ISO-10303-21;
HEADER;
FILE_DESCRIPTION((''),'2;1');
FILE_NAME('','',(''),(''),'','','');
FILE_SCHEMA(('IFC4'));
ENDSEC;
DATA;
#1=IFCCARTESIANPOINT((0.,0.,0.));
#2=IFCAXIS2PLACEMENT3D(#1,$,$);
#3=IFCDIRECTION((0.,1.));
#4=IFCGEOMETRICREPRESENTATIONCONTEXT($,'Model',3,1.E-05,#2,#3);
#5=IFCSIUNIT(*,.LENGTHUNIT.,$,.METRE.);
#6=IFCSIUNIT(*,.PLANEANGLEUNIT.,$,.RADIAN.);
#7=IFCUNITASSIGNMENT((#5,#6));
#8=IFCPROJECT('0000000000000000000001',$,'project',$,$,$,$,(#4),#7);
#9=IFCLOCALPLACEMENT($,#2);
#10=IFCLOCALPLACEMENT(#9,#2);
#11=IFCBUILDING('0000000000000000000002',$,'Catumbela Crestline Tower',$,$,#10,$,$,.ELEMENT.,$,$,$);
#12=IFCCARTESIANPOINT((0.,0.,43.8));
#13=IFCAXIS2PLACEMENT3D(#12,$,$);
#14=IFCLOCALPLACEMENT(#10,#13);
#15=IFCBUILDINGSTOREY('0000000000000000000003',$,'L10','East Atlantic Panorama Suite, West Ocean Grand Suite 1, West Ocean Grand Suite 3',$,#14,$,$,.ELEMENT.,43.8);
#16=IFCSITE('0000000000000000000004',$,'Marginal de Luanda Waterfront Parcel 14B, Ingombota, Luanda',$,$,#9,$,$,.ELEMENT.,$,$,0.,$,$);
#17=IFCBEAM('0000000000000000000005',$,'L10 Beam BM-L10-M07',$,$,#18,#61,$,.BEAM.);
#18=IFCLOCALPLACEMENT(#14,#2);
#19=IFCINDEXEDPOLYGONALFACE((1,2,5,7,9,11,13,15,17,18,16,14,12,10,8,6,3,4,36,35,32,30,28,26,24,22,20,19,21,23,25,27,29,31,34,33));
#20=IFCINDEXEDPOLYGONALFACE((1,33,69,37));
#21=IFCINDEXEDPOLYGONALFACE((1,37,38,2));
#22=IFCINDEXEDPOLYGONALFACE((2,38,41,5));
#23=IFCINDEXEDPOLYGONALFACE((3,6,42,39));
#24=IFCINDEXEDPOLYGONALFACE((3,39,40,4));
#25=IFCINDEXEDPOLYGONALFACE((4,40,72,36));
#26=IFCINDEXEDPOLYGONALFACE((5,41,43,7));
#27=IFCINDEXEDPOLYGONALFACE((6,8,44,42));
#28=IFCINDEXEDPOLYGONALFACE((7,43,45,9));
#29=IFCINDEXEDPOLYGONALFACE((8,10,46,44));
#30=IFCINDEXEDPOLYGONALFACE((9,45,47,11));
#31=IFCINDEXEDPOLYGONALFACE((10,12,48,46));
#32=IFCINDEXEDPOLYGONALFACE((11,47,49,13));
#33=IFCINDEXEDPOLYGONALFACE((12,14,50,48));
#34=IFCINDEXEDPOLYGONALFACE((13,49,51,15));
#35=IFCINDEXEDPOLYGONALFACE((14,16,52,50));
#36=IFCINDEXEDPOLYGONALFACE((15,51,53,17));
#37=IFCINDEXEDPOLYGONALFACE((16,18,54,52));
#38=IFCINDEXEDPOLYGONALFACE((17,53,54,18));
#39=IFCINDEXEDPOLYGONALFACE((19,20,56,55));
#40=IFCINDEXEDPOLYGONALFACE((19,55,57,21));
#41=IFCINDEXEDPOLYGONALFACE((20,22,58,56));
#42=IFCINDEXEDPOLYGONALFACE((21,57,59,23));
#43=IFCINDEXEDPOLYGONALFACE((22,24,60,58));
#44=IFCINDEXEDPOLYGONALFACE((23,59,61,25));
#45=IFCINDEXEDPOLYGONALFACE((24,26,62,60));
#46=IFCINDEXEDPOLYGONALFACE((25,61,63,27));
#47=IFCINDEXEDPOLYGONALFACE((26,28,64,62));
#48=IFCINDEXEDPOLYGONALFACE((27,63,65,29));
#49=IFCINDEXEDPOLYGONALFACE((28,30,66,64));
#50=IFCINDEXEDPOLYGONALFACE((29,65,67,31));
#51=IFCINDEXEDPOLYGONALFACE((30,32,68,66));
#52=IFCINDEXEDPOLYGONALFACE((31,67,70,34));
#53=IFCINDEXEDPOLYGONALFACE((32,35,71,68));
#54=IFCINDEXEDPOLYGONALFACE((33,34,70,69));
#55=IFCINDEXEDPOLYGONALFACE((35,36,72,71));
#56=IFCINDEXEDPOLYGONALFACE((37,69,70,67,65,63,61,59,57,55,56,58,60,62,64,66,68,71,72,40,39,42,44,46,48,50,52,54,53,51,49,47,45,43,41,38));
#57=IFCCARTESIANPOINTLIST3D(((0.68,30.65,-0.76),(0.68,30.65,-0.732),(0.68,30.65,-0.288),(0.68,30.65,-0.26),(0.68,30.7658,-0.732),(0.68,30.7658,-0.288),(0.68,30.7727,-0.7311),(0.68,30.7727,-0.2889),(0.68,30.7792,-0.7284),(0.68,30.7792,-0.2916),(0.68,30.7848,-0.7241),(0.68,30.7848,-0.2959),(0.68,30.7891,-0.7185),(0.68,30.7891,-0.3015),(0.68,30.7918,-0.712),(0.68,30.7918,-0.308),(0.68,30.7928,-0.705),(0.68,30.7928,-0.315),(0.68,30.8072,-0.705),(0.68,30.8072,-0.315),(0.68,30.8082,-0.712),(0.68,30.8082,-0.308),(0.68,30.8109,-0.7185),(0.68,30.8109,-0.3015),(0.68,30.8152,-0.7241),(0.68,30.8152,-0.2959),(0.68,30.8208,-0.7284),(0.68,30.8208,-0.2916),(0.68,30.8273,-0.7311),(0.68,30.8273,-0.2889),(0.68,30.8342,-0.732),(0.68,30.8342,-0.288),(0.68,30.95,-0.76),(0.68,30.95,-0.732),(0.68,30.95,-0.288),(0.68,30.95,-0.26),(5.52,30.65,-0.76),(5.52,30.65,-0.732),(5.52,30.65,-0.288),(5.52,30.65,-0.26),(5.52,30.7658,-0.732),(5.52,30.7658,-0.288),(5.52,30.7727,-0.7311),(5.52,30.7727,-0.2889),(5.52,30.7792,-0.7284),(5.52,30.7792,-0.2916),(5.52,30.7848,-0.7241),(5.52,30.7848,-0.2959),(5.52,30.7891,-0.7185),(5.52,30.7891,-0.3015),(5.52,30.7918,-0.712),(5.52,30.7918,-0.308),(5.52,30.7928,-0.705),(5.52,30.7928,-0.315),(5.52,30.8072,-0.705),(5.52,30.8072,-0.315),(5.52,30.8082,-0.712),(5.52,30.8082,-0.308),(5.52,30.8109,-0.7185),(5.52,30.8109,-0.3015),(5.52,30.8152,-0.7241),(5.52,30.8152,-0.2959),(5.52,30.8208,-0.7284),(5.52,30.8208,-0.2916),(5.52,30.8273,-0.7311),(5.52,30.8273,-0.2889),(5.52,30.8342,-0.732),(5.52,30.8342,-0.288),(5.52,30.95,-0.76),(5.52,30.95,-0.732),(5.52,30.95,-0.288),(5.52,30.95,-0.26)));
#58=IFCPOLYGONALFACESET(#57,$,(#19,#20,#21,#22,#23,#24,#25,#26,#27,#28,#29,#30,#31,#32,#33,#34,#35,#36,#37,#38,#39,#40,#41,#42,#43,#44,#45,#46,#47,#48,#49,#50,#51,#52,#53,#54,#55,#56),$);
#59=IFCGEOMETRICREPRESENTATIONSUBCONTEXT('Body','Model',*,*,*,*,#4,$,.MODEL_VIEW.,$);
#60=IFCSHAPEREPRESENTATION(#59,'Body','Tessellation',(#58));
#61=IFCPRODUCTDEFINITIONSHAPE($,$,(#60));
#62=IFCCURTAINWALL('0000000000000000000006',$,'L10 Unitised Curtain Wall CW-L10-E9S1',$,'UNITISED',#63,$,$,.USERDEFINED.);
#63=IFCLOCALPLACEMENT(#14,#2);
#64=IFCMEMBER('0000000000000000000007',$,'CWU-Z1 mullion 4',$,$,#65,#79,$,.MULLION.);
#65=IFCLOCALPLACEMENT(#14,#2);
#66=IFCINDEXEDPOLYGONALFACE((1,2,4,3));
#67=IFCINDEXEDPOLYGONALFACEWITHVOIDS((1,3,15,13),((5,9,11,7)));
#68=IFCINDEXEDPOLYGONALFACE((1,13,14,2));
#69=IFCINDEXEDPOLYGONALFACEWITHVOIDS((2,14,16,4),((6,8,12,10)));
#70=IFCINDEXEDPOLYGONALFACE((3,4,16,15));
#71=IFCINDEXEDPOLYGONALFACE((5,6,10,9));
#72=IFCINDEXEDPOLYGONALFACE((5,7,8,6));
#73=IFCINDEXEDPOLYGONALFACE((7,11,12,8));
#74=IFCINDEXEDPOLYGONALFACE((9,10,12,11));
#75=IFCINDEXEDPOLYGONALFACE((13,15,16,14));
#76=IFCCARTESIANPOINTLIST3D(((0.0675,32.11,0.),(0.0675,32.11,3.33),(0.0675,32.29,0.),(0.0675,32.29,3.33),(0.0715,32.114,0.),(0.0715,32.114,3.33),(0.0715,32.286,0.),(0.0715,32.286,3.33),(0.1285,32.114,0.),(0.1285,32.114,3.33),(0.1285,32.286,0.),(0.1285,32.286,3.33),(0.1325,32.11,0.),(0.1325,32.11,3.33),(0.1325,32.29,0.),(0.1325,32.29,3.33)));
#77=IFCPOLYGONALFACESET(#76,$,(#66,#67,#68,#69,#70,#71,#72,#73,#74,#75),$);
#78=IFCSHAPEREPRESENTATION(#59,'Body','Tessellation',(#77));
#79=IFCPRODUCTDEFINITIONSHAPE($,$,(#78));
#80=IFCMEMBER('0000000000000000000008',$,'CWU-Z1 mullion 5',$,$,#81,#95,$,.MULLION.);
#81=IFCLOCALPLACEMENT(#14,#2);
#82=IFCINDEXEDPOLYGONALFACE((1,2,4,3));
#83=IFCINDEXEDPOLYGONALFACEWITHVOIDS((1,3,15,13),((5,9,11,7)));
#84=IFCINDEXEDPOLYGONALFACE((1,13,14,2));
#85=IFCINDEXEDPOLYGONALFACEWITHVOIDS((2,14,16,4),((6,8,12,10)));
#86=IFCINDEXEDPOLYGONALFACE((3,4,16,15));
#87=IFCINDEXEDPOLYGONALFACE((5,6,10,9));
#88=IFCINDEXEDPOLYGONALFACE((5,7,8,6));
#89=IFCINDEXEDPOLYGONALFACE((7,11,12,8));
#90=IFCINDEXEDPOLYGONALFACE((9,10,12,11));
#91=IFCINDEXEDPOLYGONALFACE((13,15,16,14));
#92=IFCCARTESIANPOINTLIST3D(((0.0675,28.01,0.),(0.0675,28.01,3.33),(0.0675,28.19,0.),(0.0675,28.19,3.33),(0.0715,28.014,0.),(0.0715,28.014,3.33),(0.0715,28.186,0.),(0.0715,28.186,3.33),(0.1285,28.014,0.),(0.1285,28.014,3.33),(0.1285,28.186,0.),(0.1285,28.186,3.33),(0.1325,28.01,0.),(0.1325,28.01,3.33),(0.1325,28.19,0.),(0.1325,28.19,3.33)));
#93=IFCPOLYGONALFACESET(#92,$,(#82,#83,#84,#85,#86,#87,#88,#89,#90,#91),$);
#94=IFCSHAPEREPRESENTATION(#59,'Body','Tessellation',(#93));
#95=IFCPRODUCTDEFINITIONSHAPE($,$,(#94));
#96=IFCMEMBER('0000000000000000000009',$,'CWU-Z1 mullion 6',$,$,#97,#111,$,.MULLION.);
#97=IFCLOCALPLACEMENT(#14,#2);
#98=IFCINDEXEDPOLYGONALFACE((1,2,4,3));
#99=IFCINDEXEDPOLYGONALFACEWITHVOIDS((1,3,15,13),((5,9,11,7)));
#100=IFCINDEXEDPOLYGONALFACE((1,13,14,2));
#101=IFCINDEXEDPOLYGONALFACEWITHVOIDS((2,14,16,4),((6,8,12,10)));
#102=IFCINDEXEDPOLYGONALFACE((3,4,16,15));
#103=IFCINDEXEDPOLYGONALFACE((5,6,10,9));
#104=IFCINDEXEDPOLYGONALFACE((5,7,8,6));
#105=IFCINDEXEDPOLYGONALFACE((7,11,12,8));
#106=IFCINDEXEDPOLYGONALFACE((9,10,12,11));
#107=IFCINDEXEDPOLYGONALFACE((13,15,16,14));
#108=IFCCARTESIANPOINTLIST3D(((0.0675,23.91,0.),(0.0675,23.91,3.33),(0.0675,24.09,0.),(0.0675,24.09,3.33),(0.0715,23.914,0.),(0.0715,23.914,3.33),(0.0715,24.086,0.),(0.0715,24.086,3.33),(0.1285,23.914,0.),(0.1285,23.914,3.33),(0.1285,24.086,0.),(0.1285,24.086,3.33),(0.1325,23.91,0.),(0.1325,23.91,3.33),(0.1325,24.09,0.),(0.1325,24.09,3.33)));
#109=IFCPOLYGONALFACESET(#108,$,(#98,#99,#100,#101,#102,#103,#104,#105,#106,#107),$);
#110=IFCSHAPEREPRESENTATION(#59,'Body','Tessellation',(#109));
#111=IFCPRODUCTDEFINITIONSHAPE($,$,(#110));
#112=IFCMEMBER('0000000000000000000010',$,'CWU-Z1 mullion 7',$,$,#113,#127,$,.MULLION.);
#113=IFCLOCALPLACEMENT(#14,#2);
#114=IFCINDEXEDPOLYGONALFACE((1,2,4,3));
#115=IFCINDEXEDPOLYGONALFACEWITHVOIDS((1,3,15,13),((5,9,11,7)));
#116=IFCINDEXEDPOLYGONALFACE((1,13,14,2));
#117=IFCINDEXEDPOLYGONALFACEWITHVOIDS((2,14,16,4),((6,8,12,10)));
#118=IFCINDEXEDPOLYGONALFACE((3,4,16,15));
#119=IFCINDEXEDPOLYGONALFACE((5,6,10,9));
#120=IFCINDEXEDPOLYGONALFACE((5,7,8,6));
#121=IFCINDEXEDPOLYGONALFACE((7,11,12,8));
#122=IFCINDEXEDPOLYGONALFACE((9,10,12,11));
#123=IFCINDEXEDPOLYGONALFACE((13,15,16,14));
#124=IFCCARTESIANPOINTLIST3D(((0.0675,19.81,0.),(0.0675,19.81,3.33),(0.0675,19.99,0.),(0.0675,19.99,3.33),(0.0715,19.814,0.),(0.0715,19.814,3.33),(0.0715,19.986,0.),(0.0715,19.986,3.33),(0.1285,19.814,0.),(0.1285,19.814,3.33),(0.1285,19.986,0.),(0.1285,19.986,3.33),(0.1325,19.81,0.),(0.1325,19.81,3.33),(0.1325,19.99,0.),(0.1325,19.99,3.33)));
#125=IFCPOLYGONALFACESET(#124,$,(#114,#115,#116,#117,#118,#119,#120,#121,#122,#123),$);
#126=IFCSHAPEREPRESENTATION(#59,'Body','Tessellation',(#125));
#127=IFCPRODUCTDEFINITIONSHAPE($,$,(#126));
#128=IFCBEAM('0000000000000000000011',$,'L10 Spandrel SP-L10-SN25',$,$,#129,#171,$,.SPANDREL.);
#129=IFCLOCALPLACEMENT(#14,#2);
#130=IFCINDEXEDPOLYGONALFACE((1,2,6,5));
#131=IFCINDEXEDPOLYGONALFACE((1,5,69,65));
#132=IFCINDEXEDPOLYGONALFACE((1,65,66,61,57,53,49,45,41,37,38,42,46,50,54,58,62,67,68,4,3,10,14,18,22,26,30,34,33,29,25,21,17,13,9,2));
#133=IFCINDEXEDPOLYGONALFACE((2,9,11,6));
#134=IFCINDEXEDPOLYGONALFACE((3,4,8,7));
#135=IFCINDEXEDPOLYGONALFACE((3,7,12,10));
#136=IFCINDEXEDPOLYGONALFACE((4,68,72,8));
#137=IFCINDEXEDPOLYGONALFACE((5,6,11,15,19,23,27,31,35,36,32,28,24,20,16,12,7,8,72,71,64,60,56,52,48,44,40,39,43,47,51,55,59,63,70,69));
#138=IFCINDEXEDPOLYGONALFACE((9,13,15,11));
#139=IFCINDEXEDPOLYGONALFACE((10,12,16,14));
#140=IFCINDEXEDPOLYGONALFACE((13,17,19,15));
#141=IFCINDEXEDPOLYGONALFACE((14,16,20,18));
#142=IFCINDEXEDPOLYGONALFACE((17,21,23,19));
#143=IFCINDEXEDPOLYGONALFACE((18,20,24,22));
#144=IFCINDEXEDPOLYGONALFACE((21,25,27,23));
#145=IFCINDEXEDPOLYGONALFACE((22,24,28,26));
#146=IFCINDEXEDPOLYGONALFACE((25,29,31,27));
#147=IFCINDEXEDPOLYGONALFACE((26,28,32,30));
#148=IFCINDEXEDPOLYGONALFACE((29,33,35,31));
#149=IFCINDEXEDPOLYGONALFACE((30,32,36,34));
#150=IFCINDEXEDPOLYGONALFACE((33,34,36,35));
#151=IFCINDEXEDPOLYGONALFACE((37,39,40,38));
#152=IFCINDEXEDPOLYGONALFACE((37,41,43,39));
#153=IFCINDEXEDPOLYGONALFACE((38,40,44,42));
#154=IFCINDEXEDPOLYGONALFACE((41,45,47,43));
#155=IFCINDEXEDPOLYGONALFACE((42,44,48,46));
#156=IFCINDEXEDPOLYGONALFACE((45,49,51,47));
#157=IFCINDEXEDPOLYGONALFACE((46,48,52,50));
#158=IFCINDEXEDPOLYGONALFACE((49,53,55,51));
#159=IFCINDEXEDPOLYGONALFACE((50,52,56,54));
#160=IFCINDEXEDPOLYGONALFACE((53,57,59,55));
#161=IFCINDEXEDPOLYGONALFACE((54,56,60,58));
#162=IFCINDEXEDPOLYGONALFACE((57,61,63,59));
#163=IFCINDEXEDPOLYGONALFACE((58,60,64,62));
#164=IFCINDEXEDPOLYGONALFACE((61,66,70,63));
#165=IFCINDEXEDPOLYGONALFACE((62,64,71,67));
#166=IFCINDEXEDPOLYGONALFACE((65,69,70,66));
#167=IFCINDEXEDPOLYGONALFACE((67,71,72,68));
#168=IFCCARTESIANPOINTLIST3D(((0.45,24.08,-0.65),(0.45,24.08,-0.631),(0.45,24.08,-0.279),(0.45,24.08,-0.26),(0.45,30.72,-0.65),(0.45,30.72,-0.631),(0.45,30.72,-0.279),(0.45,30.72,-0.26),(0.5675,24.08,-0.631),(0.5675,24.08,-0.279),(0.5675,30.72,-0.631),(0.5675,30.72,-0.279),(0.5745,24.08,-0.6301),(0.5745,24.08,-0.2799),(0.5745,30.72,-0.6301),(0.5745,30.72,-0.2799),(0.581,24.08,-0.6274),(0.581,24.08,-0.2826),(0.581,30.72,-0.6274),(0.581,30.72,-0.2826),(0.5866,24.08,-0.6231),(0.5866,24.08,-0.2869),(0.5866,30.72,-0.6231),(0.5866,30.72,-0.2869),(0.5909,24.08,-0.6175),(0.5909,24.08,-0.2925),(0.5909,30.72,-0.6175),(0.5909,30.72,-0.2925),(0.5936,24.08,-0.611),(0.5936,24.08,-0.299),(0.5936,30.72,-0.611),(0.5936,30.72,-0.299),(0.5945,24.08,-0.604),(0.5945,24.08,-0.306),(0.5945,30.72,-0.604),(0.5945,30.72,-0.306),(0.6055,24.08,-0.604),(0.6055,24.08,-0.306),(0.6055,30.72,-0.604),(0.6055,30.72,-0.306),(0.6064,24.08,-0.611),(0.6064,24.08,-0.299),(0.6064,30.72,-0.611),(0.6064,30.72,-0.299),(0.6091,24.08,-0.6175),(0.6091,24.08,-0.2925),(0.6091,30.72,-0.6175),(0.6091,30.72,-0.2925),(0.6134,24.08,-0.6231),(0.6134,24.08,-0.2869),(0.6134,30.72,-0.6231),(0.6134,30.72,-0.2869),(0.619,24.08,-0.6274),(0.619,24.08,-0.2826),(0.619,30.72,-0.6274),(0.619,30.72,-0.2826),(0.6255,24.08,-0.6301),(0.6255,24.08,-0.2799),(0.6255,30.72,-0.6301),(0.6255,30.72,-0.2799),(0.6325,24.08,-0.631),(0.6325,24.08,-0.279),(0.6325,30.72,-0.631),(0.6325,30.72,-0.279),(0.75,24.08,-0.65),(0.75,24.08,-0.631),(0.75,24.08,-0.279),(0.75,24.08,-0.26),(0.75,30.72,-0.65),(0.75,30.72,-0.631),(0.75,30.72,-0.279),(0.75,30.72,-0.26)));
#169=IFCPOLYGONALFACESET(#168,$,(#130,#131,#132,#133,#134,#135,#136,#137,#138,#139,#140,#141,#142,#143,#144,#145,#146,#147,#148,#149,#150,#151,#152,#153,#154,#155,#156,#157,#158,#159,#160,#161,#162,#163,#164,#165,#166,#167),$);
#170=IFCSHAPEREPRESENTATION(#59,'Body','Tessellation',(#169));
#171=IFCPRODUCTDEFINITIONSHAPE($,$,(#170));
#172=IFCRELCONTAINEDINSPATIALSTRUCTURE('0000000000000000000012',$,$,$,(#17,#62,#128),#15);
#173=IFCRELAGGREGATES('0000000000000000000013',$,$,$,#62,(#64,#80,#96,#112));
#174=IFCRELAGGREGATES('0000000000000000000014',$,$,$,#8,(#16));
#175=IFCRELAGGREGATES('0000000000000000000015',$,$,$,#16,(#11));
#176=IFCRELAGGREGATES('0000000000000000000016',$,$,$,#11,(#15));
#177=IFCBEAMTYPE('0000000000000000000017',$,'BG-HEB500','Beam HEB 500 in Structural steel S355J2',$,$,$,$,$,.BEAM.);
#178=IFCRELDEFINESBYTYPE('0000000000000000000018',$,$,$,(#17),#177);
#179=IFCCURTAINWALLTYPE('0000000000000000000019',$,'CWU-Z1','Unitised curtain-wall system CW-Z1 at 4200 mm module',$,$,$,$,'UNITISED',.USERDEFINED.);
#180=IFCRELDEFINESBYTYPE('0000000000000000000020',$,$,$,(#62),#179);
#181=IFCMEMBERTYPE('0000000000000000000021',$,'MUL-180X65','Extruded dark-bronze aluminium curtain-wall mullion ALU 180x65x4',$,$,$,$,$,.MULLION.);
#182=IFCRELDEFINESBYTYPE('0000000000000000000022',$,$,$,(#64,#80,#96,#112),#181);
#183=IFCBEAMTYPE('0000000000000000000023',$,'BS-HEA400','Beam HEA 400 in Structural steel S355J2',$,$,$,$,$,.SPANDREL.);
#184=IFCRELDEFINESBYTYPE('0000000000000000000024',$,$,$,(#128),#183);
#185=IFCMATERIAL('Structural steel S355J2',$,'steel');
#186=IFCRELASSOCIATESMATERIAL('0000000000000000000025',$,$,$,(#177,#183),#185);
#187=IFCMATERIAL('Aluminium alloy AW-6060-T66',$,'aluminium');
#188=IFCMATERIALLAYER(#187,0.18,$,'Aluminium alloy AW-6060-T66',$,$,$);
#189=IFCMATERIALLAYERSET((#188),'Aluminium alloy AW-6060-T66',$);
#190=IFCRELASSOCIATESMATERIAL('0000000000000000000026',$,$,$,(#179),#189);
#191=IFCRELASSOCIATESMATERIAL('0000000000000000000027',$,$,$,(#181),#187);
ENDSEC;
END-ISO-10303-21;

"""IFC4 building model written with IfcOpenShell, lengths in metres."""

from ifc_helpers import new_model, si_unit, direction, frame, origin, origin_2d, place, context, subcontext, project, spatial, hollow_rectangle, i_section, extrude, material, layer, layer_set, material_profile, profile_set, type_object, element, aggregate, save


model = new_model("IFC4")

# Units and contexts
model_context = context("Model", 3, precision=1e-05, world=origin(), true_north=direction((0.0, 1.0)))
body_context = subcontext(model_context, "Body", "Model", "MODEL_VIEW")
ifc_project = project(units=[si_unit("LENGTHUNIT", "METRE"), si_unit("PLANEANGLEUNIT", "RADIAN")], contexts=[model_context])

# Site, building, storey
site_placement = place(None, origin())
site = spatial("IfcSite", under=ifc_project, at=site_placement, Name="Marginal de Luanda Waterfront Parcel 14B, Ingombota, Luanda", CompositionType="ELEMENT", RefElevation=0.0)
building_placement = place(site_placement, origin())
building = spatial("IfcBuilding", under=site, at=building_placement, Name="Catumbela Crestline Tower", CompositionType="ELEMENT")
storey_placement = place(building_placement, frame((0.0, 0.0, 43.8)))
storey = spatial("IfcBuildingStorey", under=building, at=storey_placement, Name="L10", Description="East Atlantic Panorama Suite, West Ocean Grand Suite 1, West Ocean Grand Suite 3", CompositionType="ELEMENT", Elevation=43.8)

# Beam
ifc_material_1 = material(Name="Structural steel S355J2", Category="steel")
ifc_material_profile_1 = material_profile(ifc_material_1, i_section(OverallWidth=0.3, OverallDepth=0.5, WebThickness=0.0145, FlangeThickness=0.028, FilletRadius=0.027, at=origin_2d()), Name="HEB 500")
ifc_profile_set_1 = profile_set([ifc_material_profile_1], Name="Structural steel S355J2")
beam_type_1 = type_object("IfcBeamType", Name="BG-HEB500", Description="Beam HEB 500 in Structural steel S355J2", PredefinedType="BEAM", material=ifc_profile_set_1)
for number, where, z_axis, x_axis, name in (
    (1, (0.68, 30.8, -0.51), (1.0, 0.0, 0.0), (0.0, 1.0, 0.0), "L10 Beam BM-L10-M07"),
):
    element("IfcBeam", number, at=place(storey_placement, frame(where, z_axis=z_axis, x_axis=x_axis)), inside=storey, type_object=beam_type_1, Name=name, PredefinedType="BEAM", context=body_context, shape_type="SweptSolid", body=[
        extrude(i_section(OverallWidth=0.3, OverallDepth=0.5, WebThickness=0.0145, FlangeThickness=0.028, FilletRadius=0.027, at=origin_2d()), origin(), (0.0, 0.0, 1.0), 4.84),
    ])

# Curtain wall, members
ifc_material_2 = material(Name="Aluminium alloy AW-6060-T66", Category="aluminium")
ifc_layer_1 = layer(ifc_material_2, 0.18, Name="Aluminium alloy AW-6060-T66")
ifc_layer_set_1 = layer_set([ifc_layer_1], Name="Aluminium alloy AW-6060-T66")
curtain_wall_type = type_object("IfcCurtainWallType", Name="CWU-Z1", Description="Unitised curtain-wall system CW-Z1 at 4200 mm module", ElementType="UNITISED", PredefinedType="USERDEFINED", material=ifc_layer_set_1)
curtain_wall_placement = place(storey_placement, origin())
curtain_wall = element("IfcCurtainWall", 2, at=curtain_wall_placement, inside=storey, type_object=curtain_wall_type, Name="L10 Unitised Curtain Wall CW-L10-E9S1", ObjectType="UNITISED", PredefinedType="USERDEFINED")
ifc_material_profile_2 = material_profile(ifc_material_2, hollow_rectangle(XDim=0.065, YDim=0.18, WallThickness=0.004, at=origin_2d()), Name="ALU 180x65x4")
ifc_profile_set_2 = profile_set([ifc_material_profile_2], Name="Aluminium alloy AW-6060-T66")
member_type_1 = type_object("IfcMemberType", Name="MUL-180X65", Description="Extruded dark-bronze aluminium curtain-wall mullion ALU 180x65x4", PredefinedType="MULLION", material=ifc_profile_set_2)
member_1_placement = place(storey_placement, frame((0.1, 32.2, 0.0), z_axis=(0.0, 0.0, 1.0), x_axis=(1.0, 0.0, 0.0)))
member_1 = element("IfcMember", 3, at=member_1_placement, type_object=member_type_1, Name="CWU-Z1 mullion 4", PredefinedType="MULLION", context=body_context, shape_type="SweptSolid", body=[
    extrude(hollow_rectangle(XDim=0.065, YDim=0.18, WallThickness=0.004, at=origin_2d()), origin(), (0.0, 0.0, 1.0), 3.33),
])
member_2_placement = place(storey_placement, frame((0.1, 28.1, 0.0), z_axis=(0.0, 0.0, 1.0), x_axis=(1.0, 0.0, 0.0)))
member_2 = element("IfcMember", 4, at=member_2_placement, type_object=member_type_1, Name="CWU-Z1 mullion 5", PredefinedType="MULLION", context=body_context, shape_type="SweptSolid", body=[
    extrude(hollow_rectangle(XDim=0.065, YDim=0.18, WallThickness=0.004, at=origin_2d()), origin(), (0.0, 0.0, 1.0), 3.33),
])
member_3_placement = place(storey_placement, frame((0.1, 24.0, 0.0), z_axis=(0.0, 0.0, 1.0), x_axis=(1.0, 0.0, 0.0)))
member_3 = element("IfcMember", 5, at=member_3_placement, type_object=member_type_1, Name="CWU-Z1 mullion 6", PredefinedType="MULLION", context=body_context, shape_type="SweptSolid", body=[
    extrude(hollow_rectangle(XDim=0.065, YDim=0.18, WallThickness=0.004, at=origin_2d()), origin(), (0.0, 0.0, 1.0), 3.33),
])
member_4_placement = place(storey_placement, frame((0.1, 19.9, 0.0), z_axis=(0.0, 0.0, 1.0), x_axis=(1.0, 0.0, 0.0)))
member_4 = element("IfcMember", 6, at=member_4_placement, type_object=member_type_1, Name="CWU-Z1 mullion 7", PredefinedType="MULLION", context=body_context, shape_type="SweptSolid", body=[
    extrude(hollow_rectangle(XDim=0.065, YDim=0.18, WallThickness=0.004, at=origin_2d()), origin(), (0.0, 0.0, 1.0), 3.33),
])

# Beam
ifc_material_profile_3 = material_profile(ifc_material_1, i_section(OverallWidth=0.3, OverallDepth=0.39, WebThickness=0.011, FlangeThickness=0.019, FilletRadius=0.027, at=origin_2d()), Name="HEA 400")
ifc_profile_set_3 = profile_set([ifc_material_profile_3], Name="Structural steel S355J2")
beam_type_2 = type_object("IfcBeamType", Name="BS-HEA400", Description="Beam HEA 400 in Structural steel S355J2", PredefinedType="SPANDREL", material=ifc_profile_set_3)
beam_1_placement = place(storey_placement, frame((0.6, 24.08, -0.455), z_axis=(0.0, 1.0, 0.0), x_axis=(-1.0, 0.0, 0.0)))
element("IfcBeam", 7, at=beam_1_placement, inside=storey, type_object=beam_type_2, Name="L10 Spandrel SP-L10-SN25", PredefinedType="SPANDREL", context=body_context, shape_type="SweptSolid", body=[
    extrude(i_section(OverallWidth=0.3, OverallDepth=0.39, WebThickness=0.011, FlangeThickness=0.019, FilletRadius=0.027, at=origin_2d()), origin(), (0.0, 0.0, 1.0), 6.64),
])

aggregate(curtain_wall, [member_1, member_2, member_3, member_4])

save(model, "model.ifc")
